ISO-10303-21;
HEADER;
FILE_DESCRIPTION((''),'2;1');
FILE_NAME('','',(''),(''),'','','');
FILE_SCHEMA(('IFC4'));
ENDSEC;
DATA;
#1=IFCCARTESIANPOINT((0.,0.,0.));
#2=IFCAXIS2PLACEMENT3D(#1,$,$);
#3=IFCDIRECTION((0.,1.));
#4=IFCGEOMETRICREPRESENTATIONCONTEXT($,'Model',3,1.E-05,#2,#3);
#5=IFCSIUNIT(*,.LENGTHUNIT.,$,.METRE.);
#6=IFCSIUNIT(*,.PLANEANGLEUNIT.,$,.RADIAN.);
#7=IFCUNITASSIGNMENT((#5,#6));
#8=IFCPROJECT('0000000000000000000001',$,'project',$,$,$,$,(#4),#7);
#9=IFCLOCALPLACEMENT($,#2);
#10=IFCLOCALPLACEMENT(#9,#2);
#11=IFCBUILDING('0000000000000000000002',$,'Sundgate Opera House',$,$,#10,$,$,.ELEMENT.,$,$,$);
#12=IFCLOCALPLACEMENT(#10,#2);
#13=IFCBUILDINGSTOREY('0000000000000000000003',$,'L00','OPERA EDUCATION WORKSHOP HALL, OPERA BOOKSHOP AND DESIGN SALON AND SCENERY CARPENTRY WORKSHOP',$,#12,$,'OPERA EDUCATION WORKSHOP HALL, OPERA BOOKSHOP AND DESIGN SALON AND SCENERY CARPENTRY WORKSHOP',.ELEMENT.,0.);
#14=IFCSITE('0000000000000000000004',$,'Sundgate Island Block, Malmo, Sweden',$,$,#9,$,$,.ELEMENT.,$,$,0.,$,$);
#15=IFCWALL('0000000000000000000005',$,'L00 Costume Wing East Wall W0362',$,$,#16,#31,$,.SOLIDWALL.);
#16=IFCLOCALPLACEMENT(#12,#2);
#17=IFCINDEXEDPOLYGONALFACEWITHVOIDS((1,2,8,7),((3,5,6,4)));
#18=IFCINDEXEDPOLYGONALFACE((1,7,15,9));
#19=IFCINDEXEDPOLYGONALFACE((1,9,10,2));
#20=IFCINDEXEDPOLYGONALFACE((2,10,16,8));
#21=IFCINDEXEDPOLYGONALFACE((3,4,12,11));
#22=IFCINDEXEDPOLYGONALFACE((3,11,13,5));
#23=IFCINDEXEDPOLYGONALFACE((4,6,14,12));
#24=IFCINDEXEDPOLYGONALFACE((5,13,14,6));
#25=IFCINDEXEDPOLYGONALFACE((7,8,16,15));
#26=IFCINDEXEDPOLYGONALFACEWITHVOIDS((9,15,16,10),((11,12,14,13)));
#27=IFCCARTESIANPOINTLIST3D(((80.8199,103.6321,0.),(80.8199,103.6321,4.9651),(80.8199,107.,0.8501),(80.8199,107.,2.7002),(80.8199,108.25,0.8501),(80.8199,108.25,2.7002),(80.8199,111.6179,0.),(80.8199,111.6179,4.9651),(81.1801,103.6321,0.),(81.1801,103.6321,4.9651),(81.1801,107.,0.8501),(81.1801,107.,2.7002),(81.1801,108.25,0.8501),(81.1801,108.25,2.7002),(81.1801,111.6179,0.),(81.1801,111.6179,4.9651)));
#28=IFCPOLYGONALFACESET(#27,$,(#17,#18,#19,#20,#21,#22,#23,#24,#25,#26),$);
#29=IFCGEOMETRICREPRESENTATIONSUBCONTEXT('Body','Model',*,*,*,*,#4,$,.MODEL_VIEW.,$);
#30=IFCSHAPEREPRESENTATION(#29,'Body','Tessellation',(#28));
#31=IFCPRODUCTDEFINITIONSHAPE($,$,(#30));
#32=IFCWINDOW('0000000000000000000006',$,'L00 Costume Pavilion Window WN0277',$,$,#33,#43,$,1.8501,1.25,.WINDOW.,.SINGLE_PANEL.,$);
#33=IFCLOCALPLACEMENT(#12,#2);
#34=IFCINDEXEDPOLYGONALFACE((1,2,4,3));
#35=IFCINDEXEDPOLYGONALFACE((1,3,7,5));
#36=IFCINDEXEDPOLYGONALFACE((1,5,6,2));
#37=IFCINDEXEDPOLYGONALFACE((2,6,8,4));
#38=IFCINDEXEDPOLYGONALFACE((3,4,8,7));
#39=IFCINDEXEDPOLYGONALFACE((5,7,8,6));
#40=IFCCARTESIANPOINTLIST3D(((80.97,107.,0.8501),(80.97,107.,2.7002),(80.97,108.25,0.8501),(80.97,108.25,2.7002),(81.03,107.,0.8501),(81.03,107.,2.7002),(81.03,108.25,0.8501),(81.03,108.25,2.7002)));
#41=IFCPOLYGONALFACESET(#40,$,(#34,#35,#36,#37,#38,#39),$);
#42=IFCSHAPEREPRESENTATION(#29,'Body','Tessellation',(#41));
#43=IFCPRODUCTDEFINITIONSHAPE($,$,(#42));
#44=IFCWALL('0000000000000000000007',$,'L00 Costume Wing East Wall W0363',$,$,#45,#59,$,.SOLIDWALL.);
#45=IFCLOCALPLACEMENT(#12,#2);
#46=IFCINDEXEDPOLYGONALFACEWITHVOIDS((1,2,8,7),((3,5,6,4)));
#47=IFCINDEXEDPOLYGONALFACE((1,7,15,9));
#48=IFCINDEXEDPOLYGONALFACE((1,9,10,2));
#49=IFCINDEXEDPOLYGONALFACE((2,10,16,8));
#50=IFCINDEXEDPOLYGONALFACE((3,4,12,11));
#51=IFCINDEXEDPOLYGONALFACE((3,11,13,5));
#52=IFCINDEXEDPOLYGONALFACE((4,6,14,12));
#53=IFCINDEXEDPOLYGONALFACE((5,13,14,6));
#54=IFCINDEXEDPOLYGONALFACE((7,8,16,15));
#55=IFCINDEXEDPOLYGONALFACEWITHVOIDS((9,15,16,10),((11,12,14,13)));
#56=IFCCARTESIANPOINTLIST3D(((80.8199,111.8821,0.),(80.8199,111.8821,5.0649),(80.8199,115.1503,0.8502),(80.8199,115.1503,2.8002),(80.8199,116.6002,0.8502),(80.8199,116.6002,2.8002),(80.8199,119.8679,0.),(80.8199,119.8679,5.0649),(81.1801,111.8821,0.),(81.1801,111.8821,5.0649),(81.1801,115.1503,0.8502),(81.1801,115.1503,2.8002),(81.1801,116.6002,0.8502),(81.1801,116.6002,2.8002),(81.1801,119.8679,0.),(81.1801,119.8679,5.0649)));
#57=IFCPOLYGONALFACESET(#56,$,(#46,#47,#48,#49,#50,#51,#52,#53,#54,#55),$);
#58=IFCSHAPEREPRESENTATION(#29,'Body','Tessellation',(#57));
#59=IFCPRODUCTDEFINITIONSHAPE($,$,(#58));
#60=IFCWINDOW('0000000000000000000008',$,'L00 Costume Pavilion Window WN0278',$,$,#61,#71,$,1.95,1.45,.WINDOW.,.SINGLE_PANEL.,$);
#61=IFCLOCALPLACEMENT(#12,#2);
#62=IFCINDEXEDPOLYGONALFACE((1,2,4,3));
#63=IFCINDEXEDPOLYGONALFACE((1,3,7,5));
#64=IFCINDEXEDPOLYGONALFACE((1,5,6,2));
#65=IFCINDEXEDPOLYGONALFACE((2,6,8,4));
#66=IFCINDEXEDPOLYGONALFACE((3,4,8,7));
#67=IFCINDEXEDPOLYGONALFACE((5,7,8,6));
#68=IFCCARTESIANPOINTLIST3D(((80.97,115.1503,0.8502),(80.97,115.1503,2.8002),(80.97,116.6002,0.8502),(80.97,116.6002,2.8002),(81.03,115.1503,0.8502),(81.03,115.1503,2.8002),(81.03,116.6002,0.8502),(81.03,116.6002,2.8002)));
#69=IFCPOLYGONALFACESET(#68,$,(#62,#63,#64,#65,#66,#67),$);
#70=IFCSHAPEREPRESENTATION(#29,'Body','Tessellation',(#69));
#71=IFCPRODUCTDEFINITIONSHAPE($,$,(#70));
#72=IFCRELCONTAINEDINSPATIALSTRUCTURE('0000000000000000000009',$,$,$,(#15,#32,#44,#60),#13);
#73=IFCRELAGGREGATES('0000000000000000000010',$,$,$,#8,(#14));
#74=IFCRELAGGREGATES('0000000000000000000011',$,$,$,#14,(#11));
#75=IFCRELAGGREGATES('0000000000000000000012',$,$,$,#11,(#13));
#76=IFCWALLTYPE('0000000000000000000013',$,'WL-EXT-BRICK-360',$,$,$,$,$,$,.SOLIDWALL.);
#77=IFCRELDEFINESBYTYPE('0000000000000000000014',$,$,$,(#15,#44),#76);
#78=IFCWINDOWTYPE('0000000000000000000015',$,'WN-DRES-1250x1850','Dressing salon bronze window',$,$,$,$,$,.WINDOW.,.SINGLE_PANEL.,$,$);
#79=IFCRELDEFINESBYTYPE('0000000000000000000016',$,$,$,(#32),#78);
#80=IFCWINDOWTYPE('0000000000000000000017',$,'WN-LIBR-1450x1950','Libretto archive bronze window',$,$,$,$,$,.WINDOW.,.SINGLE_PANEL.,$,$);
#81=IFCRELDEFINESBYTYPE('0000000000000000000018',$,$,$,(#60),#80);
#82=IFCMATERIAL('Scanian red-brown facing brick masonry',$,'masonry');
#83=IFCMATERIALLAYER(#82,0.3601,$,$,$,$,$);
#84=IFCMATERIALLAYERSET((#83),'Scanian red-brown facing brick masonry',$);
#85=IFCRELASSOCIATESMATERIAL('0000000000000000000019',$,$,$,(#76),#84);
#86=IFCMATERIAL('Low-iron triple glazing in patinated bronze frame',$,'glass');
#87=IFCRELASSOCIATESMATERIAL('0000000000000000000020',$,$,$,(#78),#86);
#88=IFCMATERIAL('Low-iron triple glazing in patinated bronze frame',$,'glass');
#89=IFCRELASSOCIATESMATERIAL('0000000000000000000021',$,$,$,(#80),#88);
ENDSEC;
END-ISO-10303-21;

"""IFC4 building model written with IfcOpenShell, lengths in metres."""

from ifc_helpers import new_model, si_unit, direction, frame, frame_2d, origin, place, context, subcontext, project, spatial, rectangle, extrude, material, layer, layer_set, type_object, element, fill, save


model = new_model("IFC4")

# Units and contexts
model_context = context("Model", 3, precision=1e-05, world=origin(), true_north=direction((0.0, 1.0)))
body_context = subcontext(model_context, "Body", "Model", "MODEL_VIEW")
ifc_project = project(units=[si_unit("LENGTHUNIT", "METRE"), si_unit("PLANEANGLEUNIT", "RADIAN")], contexts=[model_context])

# Site, building, storey
site_placement = place(None, origin())
site = spatial("IfcSite", under=ifc_project, at=site_placement, Name="Sundgate Island Block, Malmo, Sweden", CompositionType="ELEMENT", RefElevation=0.0)
building_placement = place(site_placement, origin())
building = spatial("IfcBuilding", under=site, at=building_placement, Name="Sundgate Opera House", CompositionType="ELEMENT")
storey_placement = place(building_placement, origin())
storey = spatial("IfcBuildingStorey", under=building, at=storey_placement, Name="L00", Description="OPERA EDUCATION WORKSHOP HALL, OPERA BOOKSHOP AND DESIGN SALON AND SCENERY CARPENTRY WORKSHOP", LongName="OPERA EDUCATION WORKSHOP HALL, OPERA BOOKSHOP AND DESIGN SALON AND SCENERY CARPENTRY WORKSHOP", CompositionType="ELEMENT", Elevation=0.0)

# Walls, openings, windows
ifc_material_1 = material(Name="Scanian red-brown facing brick masonry", Category="masonry")
ifc_layer_1 = layer(ifc_material_1, 0.3601)
ifc_layer_set_1 = layer_set([ifc_layer_1], Name="Scanian red-brown facing brick masonry")
wall_type = type_object("IfcWallType", Name="WL-EXT-BRICK-360", PredefinedType="SOLIDWALL", material=ifc_layer_set_1)
wall_1_placement = place(storey_placement, frame((81.0, 103.6321, 0.0), z_axis=(0.0, 0.0, 1.0), x_axis=(0.0, 1.0, 0.0)))
wall_1 = element("IfcWall", 1, at=wall_1_placement, inside=storey, type_object=wall_type, Name="L00 Costume Wing East Wall W0362", PredefinedType="SOLIDWALL", context=body_context, shape_type="SweptSolid", body=[
    extrude(rectangle(XDim=7.9858, YDim=0.3601, at=frame_2d((3.9929, 0.0))), origin(), (0.0, 0.0, 1.0), 4.9651),
])
opening_1_placement = place(wall_1_placement, frame((3.3679, 0.0, 0.8501)))
opening_1 = element("IfcOpeningElement", 2, at=opening_1_placement, cuts=wall_1, PredefinedType="OPENING", context=body_context, shape_type="SweptSolid", body=[
    extrude(rectangle(XDim=1.25, YDim=1.8501, at=frame_2d((0.625, 0.925))), frame((0.0, 0.1899, 0.0), z_axis=(0.0, -1.0, 0.0), x_axis=(1.0, 0.0, 0.0)), (0.0, 0.0, 1.0), 0.3801),
])
ifc_material_2 = material(Name="Low-iron triple glazing in patinated bronze frame", Category="glass")
window_type_1 = type_object("IfcWindowType", Name="WN-DRES-1250x1850", Description="Dressing salon bronze window", PartitioningType="SINGLE_PANEL", PredefinedType="WINDOW", material=ifc_material_2)
window_1_placement = place(opening_1_placement, origin())
window_1 = element("IfcWindow", 3, at=window_1_placement, inside=storey, type_object=window_type_1, Name="L00 Costume Pavilion Window WN0277", OverallHeight=1.8501, OverallWidth=1.25, PartitioningType="SINGLE_PANEL", PredefinedType="WINDOW", context=body_context, shape_type="SweptSolid", body=[
    extrude(rectangle(XDim=1.25, YDim=1.8501, at=frame_2d((0.625, 0.925))), frame((0.0, 0.03, 0.0), z_axis=(0.0, -1.0, 0.0), x_axis=(1.0, 0.0, 0.0)), (0.0, 0.0, 1.0), 0.0601),
])
fill(opening_1, window_1)
wall_2_placement = place(storey_placement, frame((81.0, 111.8821, 0.0), z_axis=(0.0, 0.0, 1.0), x_axis=(0.0, 1.0, 0.0)))
wall_2 = element("IfcWall", 4, at=wall_2_placement, inside=storey, type_object=wall_type, Name="L00 Costume Wing East Wall W0363", PredefinedType="SOLIDWALL", context=body_context, shape_type="SweptSolid", body=[
    extrude(rectangle(XDim=7.9858, YDim=0.3601, at=frame_2d((3.9929, 0.0))), origin(), (0.0, 0.0, 1.0), 5.0649),
])
opening_2_placement = place(wall_2_placement, frame((3.2681, 0.0, 0.8501)))
opening_2 = element("IfcOpeningElement", 5, at=opening_2_placement, cuts=wall_2, PredefinedType="OPENING", context=body_context, shape_type="SweptSolid", body=[
    extrude(rectangle(XDim=1.45, YDim=1.95, at=frame_2d((0.7251, 0.9751))), frame((0.0, 0.1899, 0.0), z_axis=(0.0, -1.0, 0.0), x_axis=(1.0, 0.0, 0.0)), (0.0, 0.0, 1.0), 0.3801),
])
ifc_material_3 = material(Name="Low-iron triple glazing in patinated bronze frame", Category="glass")
window_type_2 = type_object("IfcWindowType", Name="WN-LIBR-1450x1950", Description="Libretto archive bronze window", PartitioningType="SINGLE_PANEL", PredefinedType="WINDOW", material=ifc_material_3)
window_2_placement = place(opening_2_placement, origin())
window_2 = element("IfcWindow", 6, at=window_2_placement, inside=storey, type_object=window_type_2, Name="L00 Costume Pavilion Window WN0278", OverallHeight=1.95, OverallWidth=1.45, PartitioningType="SINGLE_PANEL", PredefinedType="WINDOW", context=body_context, shape_type="SweptSolid", body=[
    extrude(rectangle(XDim=1.45, YDim=1.95, at=frame_2d((0.7251, 0.9751))), frame((0.0, 0.03, 0.0), z_axis=(0.0, -1.0, 0.0), x_axis=(1.0, 0.0, 0.0)), (0.0, 0.0, 1.0), 0.0601),
])
fill(opening_2, window_2)

save(model, "model.ifc")
